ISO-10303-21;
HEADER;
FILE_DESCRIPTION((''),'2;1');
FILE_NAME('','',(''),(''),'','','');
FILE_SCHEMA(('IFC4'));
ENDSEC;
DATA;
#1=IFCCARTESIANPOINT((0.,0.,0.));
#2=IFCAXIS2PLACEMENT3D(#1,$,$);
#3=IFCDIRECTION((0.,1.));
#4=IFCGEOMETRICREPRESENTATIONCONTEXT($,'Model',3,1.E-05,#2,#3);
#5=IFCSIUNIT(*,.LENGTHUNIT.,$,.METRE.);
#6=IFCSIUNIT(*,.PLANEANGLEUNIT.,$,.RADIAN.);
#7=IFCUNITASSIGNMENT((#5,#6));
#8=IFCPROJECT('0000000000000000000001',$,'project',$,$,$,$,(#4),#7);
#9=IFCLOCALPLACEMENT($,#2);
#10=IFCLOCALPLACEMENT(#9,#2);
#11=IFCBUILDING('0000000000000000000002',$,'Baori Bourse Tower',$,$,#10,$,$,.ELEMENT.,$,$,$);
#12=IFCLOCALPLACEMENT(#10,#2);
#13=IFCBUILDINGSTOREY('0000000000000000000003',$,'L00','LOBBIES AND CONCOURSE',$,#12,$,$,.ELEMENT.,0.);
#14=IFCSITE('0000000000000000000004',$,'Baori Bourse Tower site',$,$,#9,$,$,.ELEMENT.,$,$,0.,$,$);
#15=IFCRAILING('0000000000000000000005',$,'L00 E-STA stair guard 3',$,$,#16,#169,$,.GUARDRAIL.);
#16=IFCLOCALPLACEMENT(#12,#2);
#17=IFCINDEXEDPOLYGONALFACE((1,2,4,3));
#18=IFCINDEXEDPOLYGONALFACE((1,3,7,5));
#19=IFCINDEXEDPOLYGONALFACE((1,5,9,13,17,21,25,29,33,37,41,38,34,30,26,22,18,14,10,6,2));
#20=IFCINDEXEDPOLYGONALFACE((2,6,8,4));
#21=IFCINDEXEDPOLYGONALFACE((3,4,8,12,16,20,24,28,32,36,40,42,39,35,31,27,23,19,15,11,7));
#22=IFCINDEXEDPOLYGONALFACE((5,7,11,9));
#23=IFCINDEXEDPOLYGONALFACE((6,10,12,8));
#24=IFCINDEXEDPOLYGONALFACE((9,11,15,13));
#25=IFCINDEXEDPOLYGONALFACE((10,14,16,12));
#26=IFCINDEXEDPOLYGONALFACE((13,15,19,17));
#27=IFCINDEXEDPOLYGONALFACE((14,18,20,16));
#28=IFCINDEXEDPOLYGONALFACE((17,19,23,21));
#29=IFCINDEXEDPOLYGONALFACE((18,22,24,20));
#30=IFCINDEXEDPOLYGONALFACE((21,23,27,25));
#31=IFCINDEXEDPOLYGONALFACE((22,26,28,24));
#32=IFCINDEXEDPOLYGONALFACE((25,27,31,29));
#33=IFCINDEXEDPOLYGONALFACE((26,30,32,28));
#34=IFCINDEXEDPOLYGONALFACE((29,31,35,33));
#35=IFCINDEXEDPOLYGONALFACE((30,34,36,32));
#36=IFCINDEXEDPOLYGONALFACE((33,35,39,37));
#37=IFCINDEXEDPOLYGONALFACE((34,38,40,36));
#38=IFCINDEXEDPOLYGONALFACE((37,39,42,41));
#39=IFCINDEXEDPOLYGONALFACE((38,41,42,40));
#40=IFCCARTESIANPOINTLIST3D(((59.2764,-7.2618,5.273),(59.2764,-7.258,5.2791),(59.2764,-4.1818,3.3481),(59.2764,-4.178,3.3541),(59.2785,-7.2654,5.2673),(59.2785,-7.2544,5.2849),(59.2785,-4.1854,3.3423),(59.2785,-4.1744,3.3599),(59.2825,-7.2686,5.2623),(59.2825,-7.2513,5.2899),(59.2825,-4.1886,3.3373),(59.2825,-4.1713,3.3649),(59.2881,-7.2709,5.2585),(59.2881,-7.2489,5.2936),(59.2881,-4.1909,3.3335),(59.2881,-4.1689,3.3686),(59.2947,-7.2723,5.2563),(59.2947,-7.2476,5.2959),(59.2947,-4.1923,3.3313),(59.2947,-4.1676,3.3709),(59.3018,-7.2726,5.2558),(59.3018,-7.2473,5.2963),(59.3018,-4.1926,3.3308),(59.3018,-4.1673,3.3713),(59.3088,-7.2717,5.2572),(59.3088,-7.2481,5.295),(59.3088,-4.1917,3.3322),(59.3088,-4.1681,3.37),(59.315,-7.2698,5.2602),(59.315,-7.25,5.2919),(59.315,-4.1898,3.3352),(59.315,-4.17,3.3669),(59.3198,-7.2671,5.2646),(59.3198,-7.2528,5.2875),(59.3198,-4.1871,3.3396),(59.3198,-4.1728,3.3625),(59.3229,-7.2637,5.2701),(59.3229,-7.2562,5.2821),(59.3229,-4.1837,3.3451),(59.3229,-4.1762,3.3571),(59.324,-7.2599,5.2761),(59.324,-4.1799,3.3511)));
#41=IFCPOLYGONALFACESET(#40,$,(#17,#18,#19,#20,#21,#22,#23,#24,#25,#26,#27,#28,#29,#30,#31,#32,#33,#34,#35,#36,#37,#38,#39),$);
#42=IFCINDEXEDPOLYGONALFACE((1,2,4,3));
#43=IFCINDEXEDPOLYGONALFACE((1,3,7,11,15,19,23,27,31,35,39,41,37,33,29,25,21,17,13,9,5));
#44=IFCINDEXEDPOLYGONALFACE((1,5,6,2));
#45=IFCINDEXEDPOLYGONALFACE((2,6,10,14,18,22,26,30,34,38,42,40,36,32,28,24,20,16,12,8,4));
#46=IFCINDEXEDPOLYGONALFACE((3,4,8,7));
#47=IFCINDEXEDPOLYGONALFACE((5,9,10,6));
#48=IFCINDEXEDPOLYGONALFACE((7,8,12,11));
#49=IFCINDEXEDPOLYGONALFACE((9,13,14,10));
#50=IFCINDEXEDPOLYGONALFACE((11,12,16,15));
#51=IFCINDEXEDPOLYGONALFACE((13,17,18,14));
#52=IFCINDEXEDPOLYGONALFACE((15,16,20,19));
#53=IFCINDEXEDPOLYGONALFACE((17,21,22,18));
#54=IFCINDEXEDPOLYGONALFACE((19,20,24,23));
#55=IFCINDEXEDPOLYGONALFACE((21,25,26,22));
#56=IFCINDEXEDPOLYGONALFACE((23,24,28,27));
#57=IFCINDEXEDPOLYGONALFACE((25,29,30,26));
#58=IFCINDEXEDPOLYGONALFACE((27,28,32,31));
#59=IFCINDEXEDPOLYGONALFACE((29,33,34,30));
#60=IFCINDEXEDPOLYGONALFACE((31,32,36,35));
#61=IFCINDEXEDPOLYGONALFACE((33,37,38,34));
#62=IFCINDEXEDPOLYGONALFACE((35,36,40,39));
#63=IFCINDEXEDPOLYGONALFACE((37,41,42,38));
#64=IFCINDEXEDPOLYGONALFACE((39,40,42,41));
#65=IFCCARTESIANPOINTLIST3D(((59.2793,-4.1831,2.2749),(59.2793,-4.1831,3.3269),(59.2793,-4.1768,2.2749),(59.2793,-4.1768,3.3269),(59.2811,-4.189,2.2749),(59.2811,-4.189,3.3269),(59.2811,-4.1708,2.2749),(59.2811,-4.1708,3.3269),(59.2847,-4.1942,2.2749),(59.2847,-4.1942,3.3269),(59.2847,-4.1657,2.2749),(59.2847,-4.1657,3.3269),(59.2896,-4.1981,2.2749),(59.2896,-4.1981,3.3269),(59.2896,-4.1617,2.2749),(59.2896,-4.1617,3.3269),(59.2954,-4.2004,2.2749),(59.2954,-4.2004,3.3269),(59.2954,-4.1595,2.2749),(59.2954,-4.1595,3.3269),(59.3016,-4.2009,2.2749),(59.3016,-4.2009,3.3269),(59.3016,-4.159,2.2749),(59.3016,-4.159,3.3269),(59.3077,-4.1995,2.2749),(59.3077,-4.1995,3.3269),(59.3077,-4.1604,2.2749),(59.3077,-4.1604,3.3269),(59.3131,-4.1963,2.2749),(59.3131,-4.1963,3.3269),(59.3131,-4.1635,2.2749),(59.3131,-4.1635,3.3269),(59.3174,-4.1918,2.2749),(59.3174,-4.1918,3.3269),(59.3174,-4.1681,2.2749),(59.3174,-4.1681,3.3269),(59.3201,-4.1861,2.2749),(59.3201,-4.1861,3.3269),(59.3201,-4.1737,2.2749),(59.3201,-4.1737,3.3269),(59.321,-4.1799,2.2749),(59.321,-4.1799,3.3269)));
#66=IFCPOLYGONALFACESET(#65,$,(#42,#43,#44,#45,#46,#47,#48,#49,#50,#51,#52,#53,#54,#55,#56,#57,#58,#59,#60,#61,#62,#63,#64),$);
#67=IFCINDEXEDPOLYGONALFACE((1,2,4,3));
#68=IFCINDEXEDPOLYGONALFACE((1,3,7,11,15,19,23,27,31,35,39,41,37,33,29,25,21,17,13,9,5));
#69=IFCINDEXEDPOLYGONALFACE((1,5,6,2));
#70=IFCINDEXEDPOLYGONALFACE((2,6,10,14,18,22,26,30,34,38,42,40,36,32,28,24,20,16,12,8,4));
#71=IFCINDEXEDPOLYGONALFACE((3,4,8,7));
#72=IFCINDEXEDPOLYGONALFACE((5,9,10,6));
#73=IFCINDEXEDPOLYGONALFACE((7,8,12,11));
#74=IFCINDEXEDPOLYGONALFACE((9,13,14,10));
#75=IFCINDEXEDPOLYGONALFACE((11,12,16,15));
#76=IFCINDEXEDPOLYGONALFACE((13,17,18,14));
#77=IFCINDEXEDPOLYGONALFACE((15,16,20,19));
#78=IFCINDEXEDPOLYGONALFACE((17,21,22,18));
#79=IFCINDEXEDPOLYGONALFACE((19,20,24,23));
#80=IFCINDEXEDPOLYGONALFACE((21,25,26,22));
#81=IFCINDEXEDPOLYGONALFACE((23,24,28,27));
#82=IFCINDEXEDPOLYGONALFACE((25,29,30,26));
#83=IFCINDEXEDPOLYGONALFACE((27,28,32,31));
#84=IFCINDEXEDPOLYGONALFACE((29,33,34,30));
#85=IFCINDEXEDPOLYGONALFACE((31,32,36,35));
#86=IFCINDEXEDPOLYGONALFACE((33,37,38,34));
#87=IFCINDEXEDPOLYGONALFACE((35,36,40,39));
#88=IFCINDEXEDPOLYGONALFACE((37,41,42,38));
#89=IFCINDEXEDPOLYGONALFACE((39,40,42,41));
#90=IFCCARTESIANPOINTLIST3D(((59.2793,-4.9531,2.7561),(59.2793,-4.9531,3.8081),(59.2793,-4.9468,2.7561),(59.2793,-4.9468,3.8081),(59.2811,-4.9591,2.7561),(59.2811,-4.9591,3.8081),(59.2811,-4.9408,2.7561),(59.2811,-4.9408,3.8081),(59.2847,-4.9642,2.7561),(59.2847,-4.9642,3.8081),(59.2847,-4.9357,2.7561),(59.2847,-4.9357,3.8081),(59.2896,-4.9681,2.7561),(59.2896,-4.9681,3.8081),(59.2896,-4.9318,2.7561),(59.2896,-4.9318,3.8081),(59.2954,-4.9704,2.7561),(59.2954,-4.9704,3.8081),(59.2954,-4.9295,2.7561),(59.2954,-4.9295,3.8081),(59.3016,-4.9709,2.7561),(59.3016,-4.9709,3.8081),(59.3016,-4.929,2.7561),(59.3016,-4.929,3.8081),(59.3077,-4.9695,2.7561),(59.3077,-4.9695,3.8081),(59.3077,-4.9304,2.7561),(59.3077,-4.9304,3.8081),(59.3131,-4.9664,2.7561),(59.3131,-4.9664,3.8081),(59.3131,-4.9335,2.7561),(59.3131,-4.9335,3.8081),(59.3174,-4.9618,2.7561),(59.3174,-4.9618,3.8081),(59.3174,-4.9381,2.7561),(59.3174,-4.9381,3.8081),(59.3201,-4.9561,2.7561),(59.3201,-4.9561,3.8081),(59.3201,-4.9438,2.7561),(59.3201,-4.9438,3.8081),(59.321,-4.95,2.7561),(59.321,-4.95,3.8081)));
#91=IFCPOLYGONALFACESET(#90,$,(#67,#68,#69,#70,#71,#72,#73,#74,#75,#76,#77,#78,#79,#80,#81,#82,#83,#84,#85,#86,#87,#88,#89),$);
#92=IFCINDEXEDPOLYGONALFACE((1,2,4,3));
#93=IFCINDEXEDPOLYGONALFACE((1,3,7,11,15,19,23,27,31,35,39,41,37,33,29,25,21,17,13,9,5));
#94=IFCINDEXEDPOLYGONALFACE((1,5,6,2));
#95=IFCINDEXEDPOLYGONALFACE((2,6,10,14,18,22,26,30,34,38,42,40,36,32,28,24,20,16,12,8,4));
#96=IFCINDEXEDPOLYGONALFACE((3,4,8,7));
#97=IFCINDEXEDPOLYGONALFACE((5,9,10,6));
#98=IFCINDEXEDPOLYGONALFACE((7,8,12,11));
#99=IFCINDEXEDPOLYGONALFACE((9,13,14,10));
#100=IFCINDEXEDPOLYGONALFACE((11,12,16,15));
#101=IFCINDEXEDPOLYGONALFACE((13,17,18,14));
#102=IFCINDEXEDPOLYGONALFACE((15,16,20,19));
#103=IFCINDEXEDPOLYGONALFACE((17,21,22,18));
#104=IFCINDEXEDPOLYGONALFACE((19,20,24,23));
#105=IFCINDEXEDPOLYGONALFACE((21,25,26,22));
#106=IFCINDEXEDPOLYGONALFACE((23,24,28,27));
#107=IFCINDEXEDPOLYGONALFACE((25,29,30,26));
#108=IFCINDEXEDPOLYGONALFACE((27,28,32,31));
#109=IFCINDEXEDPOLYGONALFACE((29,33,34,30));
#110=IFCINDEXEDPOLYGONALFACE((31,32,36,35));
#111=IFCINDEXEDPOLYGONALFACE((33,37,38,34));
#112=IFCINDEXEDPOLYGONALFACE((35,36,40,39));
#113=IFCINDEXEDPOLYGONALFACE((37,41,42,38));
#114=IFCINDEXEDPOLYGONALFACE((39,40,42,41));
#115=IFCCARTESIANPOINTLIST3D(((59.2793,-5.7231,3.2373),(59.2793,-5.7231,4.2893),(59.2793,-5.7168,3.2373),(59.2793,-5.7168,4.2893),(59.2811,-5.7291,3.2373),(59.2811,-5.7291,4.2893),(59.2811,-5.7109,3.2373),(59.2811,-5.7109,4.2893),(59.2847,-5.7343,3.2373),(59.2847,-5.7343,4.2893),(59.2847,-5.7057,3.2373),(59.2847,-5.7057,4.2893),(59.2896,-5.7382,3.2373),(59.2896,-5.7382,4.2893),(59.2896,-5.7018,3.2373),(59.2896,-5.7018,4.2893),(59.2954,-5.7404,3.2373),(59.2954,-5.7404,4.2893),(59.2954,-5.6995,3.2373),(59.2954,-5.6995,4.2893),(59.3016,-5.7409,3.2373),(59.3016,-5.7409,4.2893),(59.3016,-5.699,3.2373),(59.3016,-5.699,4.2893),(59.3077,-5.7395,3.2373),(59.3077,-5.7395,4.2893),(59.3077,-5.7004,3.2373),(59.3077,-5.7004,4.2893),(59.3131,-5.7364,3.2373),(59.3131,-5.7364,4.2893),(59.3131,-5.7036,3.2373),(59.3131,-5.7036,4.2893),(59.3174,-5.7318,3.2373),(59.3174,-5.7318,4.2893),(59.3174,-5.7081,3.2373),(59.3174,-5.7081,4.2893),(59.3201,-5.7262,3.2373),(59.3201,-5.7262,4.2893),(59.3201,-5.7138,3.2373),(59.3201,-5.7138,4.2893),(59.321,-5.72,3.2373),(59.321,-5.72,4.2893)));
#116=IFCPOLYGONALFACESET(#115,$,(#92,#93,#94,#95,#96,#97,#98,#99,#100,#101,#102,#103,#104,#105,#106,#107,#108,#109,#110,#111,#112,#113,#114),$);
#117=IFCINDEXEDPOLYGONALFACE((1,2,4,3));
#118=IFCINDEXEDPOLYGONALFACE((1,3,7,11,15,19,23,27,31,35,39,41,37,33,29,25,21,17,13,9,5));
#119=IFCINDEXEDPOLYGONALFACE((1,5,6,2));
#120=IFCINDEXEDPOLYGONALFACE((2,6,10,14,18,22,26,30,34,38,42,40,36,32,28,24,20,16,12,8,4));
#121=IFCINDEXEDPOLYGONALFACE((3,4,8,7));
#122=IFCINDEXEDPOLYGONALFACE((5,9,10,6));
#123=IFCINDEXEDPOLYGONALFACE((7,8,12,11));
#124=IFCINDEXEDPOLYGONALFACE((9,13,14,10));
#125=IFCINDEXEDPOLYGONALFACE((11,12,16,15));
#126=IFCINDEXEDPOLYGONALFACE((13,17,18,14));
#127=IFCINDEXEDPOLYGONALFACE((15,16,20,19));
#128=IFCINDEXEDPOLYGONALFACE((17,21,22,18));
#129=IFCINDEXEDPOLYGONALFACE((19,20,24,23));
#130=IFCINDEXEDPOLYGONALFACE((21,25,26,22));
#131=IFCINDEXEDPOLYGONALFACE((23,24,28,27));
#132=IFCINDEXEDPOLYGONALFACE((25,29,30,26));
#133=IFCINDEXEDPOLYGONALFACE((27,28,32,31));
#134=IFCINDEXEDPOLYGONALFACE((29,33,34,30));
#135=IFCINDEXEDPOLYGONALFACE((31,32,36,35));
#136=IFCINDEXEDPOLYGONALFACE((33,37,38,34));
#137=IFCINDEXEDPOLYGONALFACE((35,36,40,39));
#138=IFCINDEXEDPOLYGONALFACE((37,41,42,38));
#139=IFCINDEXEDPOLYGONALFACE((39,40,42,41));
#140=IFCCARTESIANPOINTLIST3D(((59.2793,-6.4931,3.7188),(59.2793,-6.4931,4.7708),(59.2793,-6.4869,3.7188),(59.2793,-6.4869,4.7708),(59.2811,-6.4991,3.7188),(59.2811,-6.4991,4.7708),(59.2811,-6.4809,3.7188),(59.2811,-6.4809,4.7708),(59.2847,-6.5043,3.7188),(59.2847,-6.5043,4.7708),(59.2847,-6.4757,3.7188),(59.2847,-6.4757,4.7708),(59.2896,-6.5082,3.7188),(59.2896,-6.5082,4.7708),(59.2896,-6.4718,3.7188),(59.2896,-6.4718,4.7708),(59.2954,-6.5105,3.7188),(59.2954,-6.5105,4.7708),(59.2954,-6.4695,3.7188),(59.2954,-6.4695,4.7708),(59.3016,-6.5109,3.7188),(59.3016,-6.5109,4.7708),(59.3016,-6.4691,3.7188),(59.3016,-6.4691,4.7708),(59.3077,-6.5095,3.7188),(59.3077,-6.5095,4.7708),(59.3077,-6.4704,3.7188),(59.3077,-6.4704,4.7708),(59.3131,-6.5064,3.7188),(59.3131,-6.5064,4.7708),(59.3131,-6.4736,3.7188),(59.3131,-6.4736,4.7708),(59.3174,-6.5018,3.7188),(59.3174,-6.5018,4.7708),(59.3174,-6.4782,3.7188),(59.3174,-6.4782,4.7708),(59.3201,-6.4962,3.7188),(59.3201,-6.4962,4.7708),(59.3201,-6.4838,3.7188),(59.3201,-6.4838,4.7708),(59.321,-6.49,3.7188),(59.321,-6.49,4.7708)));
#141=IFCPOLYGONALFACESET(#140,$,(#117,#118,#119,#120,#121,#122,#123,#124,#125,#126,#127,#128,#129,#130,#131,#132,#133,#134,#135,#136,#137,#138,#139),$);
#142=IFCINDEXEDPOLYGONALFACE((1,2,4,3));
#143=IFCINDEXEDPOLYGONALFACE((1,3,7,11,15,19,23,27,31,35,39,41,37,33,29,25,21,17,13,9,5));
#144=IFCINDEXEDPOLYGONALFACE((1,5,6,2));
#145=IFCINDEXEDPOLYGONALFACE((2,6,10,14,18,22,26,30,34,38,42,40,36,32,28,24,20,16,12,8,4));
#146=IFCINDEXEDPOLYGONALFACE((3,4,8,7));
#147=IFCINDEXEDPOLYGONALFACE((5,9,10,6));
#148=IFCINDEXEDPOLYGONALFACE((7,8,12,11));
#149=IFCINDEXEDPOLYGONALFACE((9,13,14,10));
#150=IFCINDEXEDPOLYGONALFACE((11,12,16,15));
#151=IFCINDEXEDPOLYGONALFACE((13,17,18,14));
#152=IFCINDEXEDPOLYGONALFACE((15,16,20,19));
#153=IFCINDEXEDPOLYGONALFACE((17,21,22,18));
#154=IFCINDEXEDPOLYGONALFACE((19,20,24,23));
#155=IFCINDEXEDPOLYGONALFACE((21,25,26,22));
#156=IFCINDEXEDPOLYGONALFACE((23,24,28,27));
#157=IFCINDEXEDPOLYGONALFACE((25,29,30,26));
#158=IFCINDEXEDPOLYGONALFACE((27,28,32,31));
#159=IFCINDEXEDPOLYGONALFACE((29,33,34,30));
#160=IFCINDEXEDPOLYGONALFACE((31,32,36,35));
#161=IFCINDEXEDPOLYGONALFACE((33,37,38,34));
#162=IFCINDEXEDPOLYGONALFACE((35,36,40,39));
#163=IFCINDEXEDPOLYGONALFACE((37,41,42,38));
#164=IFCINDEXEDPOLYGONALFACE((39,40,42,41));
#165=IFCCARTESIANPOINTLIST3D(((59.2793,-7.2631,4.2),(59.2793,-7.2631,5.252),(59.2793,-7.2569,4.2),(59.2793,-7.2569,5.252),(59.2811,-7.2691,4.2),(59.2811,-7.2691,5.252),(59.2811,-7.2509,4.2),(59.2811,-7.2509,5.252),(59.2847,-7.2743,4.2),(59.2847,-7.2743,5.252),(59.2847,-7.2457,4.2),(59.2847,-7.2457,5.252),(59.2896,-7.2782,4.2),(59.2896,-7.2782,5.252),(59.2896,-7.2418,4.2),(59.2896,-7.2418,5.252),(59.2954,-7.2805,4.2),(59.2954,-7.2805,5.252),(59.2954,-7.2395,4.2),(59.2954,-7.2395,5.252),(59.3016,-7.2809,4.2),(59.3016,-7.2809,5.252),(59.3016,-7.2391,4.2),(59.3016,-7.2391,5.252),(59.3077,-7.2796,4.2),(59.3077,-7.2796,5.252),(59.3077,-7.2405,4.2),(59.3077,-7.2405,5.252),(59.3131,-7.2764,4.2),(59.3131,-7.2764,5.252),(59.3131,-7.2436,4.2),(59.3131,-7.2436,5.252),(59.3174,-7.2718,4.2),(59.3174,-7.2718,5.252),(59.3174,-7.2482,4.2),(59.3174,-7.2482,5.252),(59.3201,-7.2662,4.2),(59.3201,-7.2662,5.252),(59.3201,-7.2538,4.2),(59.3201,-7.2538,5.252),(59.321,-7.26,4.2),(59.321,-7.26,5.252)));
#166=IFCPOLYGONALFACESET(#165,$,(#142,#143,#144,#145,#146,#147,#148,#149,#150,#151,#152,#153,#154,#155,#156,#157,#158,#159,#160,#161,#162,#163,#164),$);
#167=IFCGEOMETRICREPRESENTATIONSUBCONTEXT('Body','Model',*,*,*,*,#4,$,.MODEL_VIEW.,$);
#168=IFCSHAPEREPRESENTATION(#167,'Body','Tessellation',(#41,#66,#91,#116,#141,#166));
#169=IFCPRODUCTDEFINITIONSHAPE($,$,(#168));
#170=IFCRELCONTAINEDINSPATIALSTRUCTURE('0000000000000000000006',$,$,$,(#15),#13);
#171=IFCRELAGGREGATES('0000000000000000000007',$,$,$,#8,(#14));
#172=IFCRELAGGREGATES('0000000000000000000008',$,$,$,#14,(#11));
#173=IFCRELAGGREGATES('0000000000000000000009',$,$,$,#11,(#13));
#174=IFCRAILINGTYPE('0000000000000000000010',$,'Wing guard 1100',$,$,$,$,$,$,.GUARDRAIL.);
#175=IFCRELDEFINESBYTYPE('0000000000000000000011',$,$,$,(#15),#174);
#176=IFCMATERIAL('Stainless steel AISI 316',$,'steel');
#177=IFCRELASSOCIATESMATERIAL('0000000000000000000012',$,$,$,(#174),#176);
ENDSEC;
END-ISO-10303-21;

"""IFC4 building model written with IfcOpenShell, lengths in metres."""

from ifc_helpers import new_model, si_unit, direction, frame, origin, origin_2d, place, context, subcontext, project, spatial, circle, extrude, material, type_object, element, save


model = new_model("IFC4")

# Units and contexts
model_context = context("Model", 3, precision=1e-05, world=origin(), true_north=direction((0.0, 1.0)))
body_context = subcontext(model_context, "Body", "Model", "MODEL_VIEW")
ifc_project = project(units=[si_unit("LENGTHUNIT", "METRE"), si_unit("PLANEANGLEUNIT", "RADIAN")], contexts=[model_context])

# Site, building, storey
site_placement = place(None, origin())
site = spatial("IfcSite", under=ifc_project, at=site_placement, Name="Baori Bourse Tower site", CompositionType="ELEMENT", RefElevation=0.0)
building_placement = place(site_placement, origin())
building = spatial("IfcBuilding", under=site, at=building_placement, Name="Baori Bourse Tower", CompositionType="ELEMENT")
storey_placement = place(building_placement, origin())
storey = spatial("IfcBuildingStorey", under=building, at=storey_placement, Name="L00", Description="LOBBIES AND CONCOURSE", CompositionType="ELEMENT", Elevation=0.0)

# Railing
ifc_material_1 = material(Name="Stainless steel AISI 316", Category="steel")
railing_type_1 = type_object("IfcRailingType", Name="Wing guard 1100", PredefinedType="GUARDRAIL", material=ifc_material_1)
railing_1_placement = place(storey_placement, frame((59.3, -4.1799, 2.2749)))
element("IfcRailing", 1, at=railing_1_placement, inside=storey, type_object=railing_type_1, Name="L00 E-STA stair guard 3", PredefinedType="GUARDRAIL", context=body_context, shape_type="SweptSolid", body=[
    extrude(circle(Radius=0.0239, at=origin_2d()), frame((0.0, 0.0, 1.0762), z_axis=(0.0, -0.847998, 0.529999), x_axis=(1.0, 0.0, 0.0)), (0.0, 0.0, 1.0), 3.6321),
    extrude(circle(Radius=0.021, at=origin_2d()), origin(), (0.0, 0.0, 1.0), 1.052),
    extrude(circle(Radius=0.021, at=origin_2d()), frame((0.0, -0.77, 0.4812)), (0.0, 0.0, 1.0), 1.052),
    extrude(circle(Radius=0.021, at=origin_2d()), frame((0.0, -1.54, 0.9624)), (0.0, 0.0, 1.0), 1.052),
    extrude(circle(Radius=0.021, at=origin_2d()), frame((0.0, -2.3101, 1.4438)), (0.0, 0.0, 1.0), 1.052),
    extrude(circle(Radius=0.021, at=origin_2d()), frame((0.0, -3.0801, 1.925)), (0.0, 0.0, 1.0), 1.052),
])

save(model, "model.ifc")
